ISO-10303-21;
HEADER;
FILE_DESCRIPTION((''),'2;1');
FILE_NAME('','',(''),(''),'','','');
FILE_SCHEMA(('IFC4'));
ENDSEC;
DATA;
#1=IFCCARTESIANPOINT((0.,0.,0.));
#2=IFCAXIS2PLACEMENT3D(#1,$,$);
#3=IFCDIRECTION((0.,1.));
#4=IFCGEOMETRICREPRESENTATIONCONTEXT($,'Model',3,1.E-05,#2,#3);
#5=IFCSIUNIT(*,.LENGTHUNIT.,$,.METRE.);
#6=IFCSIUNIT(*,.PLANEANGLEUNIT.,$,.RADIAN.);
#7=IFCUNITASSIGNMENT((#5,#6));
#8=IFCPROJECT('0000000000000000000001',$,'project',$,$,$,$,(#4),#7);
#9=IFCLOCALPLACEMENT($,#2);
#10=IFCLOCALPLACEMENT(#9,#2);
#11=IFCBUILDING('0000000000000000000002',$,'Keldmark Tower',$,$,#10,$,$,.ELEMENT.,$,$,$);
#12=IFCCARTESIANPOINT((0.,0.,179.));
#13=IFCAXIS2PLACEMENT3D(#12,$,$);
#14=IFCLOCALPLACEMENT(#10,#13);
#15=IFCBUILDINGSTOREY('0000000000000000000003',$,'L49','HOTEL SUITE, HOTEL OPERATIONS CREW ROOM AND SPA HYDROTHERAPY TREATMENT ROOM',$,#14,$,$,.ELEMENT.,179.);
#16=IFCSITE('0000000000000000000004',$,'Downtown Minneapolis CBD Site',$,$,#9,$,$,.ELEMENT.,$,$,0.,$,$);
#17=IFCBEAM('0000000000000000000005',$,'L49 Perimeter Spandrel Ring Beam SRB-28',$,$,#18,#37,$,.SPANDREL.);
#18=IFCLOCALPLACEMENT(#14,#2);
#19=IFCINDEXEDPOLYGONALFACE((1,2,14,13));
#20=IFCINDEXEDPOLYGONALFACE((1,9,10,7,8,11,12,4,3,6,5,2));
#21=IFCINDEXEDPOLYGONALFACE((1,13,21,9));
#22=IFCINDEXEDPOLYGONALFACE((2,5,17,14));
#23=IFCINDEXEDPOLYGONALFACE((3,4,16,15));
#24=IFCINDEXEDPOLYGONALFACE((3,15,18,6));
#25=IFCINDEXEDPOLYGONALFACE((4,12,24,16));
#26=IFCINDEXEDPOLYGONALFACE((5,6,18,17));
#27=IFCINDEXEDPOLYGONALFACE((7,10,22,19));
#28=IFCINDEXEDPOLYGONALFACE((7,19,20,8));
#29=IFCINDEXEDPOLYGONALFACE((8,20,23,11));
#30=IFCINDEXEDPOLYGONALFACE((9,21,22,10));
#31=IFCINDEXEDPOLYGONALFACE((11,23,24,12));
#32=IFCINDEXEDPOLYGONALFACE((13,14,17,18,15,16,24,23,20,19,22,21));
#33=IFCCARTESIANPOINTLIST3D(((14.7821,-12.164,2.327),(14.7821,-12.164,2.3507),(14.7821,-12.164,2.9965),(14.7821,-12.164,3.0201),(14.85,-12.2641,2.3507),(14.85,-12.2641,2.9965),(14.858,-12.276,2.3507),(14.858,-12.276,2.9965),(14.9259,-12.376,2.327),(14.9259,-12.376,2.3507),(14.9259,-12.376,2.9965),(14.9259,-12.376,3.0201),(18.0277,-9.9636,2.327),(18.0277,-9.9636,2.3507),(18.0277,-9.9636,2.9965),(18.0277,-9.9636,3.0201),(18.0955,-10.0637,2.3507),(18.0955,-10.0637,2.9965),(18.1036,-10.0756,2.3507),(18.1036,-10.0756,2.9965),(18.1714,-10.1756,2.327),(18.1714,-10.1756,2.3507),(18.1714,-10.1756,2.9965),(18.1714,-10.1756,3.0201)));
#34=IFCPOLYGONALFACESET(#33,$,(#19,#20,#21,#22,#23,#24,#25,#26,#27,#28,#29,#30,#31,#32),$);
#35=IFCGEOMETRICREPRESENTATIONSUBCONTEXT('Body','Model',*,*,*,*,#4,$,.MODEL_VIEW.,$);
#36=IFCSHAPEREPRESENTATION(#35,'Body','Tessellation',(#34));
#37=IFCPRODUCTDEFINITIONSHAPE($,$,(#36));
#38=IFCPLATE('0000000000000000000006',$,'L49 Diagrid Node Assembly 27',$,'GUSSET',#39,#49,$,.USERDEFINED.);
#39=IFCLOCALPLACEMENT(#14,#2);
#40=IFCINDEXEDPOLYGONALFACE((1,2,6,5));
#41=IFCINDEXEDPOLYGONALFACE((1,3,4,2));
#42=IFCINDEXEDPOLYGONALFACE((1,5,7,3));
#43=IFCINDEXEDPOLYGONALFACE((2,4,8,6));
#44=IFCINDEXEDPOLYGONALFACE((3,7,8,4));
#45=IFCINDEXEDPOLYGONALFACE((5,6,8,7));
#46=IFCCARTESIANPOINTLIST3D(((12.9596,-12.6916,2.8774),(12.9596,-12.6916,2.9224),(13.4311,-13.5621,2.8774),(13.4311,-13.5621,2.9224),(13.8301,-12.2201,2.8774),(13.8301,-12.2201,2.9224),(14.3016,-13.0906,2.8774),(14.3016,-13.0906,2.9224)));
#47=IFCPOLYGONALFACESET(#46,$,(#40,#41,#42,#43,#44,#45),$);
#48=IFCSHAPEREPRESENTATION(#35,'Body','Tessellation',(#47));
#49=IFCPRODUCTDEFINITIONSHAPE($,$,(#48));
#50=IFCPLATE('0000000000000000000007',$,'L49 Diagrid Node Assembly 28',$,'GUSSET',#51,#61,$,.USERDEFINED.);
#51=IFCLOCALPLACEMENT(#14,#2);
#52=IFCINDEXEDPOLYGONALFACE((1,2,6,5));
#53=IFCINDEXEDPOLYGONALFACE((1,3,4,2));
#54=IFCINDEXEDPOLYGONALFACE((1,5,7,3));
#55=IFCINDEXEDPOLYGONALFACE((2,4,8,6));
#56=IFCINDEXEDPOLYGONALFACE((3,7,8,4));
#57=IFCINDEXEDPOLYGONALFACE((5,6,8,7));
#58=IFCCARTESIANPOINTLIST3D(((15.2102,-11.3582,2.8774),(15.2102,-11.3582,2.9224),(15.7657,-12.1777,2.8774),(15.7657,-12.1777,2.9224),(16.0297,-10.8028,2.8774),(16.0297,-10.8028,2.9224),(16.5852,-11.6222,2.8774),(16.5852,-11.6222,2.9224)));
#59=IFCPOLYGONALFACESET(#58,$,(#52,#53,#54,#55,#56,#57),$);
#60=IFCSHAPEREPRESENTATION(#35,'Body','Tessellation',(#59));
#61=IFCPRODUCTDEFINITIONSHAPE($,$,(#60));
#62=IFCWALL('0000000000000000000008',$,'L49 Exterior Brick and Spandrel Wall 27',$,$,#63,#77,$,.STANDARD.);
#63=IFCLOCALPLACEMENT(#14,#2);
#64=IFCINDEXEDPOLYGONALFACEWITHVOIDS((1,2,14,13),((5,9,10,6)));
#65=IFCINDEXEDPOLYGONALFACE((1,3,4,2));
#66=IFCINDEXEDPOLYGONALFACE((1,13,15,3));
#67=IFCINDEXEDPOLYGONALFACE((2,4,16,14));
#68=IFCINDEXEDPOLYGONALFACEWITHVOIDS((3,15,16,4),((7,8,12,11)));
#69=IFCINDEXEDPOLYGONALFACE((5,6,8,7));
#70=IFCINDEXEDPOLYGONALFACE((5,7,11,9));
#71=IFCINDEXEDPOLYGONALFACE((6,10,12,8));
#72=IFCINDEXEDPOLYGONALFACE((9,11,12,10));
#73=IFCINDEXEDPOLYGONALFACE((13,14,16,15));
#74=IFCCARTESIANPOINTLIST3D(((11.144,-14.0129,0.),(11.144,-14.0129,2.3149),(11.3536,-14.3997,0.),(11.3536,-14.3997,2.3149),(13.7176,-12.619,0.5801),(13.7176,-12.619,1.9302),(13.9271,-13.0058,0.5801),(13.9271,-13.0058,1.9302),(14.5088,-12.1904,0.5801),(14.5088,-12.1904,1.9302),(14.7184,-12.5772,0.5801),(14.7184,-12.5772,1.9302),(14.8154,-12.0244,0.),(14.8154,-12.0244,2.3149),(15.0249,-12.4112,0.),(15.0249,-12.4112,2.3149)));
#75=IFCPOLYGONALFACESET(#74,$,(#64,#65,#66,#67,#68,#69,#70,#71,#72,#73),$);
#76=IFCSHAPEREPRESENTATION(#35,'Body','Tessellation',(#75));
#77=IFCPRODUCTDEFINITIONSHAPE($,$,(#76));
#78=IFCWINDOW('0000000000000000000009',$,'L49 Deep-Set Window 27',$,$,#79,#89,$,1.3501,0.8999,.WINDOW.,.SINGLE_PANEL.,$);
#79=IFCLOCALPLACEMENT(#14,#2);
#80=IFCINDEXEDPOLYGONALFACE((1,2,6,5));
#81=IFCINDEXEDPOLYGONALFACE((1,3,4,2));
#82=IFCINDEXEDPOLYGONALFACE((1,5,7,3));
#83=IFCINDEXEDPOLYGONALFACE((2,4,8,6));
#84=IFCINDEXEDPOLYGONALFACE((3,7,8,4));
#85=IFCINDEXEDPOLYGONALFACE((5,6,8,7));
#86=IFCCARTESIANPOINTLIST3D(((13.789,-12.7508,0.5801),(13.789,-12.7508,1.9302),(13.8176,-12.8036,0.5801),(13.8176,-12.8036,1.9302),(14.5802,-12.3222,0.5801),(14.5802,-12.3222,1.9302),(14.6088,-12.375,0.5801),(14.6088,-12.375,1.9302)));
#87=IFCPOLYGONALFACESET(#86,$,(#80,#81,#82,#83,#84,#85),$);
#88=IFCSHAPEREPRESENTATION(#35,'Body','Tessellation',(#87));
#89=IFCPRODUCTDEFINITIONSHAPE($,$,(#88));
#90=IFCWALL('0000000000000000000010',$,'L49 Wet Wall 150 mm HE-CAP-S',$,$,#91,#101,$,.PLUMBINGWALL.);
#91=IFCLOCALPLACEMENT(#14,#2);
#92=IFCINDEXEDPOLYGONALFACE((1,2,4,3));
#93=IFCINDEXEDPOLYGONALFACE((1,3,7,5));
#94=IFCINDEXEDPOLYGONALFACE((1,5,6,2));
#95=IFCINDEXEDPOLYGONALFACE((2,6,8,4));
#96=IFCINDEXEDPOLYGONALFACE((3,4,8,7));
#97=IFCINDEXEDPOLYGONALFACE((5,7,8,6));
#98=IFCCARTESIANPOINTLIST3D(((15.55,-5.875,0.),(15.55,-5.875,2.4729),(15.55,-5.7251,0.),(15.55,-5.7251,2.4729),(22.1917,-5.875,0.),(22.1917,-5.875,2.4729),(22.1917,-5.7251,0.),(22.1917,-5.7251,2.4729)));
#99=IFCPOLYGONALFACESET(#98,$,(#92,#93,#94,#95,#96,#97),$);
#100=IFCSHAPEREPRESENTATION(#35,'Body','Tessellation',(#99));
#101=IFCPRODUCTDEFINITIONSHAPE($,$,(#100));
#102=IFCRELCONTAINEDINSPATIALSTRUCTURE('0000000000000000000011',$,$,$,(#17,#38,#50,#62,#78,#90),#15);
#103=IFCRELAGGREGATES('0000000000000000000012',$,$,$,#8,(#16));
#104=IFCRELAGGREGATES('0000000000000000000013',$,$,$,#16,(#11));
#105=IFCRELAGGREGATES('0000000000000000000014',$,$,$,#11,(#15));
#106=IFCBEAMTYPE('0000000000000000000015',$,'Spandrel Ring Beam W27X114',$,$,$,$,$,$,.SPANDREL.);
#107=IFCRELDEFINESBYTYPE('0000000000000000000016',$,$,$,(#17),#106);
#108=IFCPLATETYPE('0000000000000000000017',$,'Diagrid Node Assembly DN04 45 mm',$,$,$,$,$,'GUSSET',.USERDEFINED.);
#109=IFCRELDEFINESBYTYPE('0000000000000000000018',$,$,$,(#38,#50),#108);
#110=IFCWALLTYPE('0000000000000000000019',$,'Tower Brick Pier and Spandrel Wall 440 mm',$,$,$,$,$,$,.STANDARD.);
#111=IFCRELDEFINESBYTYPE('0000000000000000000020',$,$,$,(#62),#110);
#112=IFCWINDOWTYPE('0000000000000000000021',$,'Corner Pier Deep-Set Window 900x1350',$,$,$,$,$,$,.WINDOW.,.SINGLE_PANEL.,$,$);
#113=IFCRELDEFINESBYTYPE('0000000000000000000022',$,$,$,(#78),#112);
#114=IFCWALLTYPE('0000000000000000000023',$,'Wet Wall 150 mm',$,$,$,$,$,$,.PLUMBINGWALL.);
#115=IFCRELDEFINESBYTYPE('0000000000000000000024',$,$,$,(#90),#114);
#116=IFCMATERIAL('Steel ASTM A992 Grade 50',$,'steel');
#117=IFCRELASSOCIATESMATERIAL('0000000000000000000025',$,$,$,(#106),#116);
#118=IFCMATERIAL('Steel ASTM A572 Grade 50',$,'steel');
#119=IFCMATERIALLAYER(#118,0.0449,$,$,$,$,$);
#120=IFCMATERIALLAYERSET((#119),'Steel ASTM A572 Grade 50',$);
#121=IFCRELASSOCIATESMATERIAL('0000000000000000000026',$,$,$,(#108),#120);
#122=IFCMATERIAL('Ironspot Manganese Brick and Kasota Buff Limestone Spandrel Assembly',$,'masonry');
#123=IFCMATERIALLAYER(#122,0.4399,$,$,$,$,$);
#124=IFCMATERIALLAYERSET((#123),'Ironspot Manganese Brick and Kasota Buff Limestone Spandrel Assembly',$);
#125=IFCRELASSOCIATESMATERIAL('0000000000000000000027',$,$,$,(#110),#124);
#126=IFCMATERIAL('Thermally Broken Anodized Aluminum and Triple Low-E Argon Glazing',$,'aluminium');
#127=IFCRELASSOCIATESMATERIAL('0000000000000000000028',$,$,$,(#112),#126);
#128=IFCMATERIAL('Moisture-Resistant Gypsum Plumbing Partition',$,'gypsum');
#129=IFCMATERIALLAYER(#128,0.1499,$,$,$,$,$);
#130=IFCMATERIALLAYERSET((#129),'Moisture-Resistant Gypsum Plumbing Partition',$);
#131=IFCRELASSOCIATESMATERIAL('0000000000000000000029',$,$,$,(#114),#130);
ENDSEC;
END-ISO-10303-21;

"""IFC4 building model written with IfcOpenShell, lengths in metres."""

from ifc_helpers import new_model, si_unit, direction, frame, frame_2d, origin, origin_2d, place, context, subcontext, project, spatial, rectangle, i_section, extrude, material, layer, layer_set, material_profile, profile_set, type_object, element, fill, save


model = new_model("IFC4")

# Units and contexts
model_context = context("Model", 3, precision=1e-05, world=origin(), true_north=direction((0.0, 1.0)))
body_context = subcontext(model_context, "Body", "Model", "MODEL_VIEW")
ifc_project = project(units=[si_unit("LENGTHUNIT", "METRE"), si_unit("PLANEANGLEUNIT", "RADIAN")], contexts=[model_context])

# Site, building, storey
site_placement = place(None, origin())
site = spatial("IfcSite", under=ifc_project, at=site_placement, Name="Downtown Minneapolis CBD Site", CompositionType="ELEMENT", RefElevation=0.0)
building_placement = place(site_placement, origin())
building = spatial("IfcBuilding", under=site, at=building_placement, Name="Keldmark Tower", CompositionType="ELEMENT")
storey_placement = place(building_placement, frame((0.0, 0.0, 179.0)))
storey = spatial("IfcBuildingStorey", under=building, at=storey_placement, Name="L49", Description="HOTEL SUITE, HOTEL OPERATIONS CREW ROOM AND SPA HYDROTHERAPY TREATMENT ROOM", CompositionType="ELEMENT", Elevation=179.0)

# Beam
ifc_material_1 = material(Name="Steel ASTM A992 Grade 50", Category="steel")
ifc_material_profile_1 = material_profile(ifc_material_1, i_section(OverallWidth=0.2561, OverallDepth=0.6931, WebThickness=0.0144, FlangeThickness=0.0237, at=origin_2d()), Name="W27X114")
ifc_profile_set_1 = profile_set([ifc_material_profile_1], Name="Steel ASTM A992 Grade 50")
beam_type_1 = type_object("IfcBeamType", Name="Spandrel Ring Beam W27X114", PredefinedType="SPANDREL", material=ifc_profile_set_1)
beam_1_placement = place(storey_placement, frame((14.854, -12.27, 2.6736), z_axis=(0.827705, 0.561163, 0.0), x_axis=(-0.561163, 0.827705, 0.0)))
element("IfcBeam", 1, at=beam_1_placement, inside=storey, type_object=beam_type_1, Name="L49 Perimeter Spandrel Ring Beam SRB-28", PredefinedType="SPANDREL", context=body_context, shape_type="SweptSolid", body=[
    extrude(i_section(OverallWidth=0.2561, OverallDepth=0.6931, WebThickness=0.0144, FlangeThickness=0.0237, at=origin_2d()), origin(), (0.0, 0.0, 1.0), 3.9211),
])

# Plates
ifc_material_2 = material(Name="Steel ASTM A572 Grade 50", Category="steel")
ifc_layer_1 = layer(ifc_material_2, 0.0449)
ifc_layer_set_1 = layer_set([ifc_layer_1], Name="Steel ASTM A572 Grade 50")
plate_type = type_object("IfcPlateType", Name="Diagrid Node Assembly DN04 45 mm", ElementType="GUSSET", PredefinedType="USERDEFINED", material=ifc_layer_set_1)
for number, where, z_axis, x_axis, name in (
    (2, (13.6306, -12.8911, 2.8774), (0.0, 0.0, 1.0), (0.879316, 0.476238, 0.0), "L49 Diagrid Node Assembly 27"),
    (3, (15.8977, -11.4902, 2.8774), (0.0, 0.0, 1.0), (0.827767, 0.561072, 0.0), "L49 Diagrid Node Assembly 28"),
):
    element("IfcPlate", number, at=place(storey_placement, frame(where, z_axis=z_axis, x_axis=x_axis)), inside=storey, type_object=plate_type, Name=name, ObjectType="GUSSET", PredefinedType="USERDEFINED", context=body_context, shape_type="SweptSolid", body=[
        extrude(rectangle(XDim=0.99, YDim=0.99, at=origin_2d()), origin(), (0.0, 0.0, 1.0), 0.0449),
    ])

# Wall, opening, window
ifc_material_3 = material(Name="Ironspot Manganese Brick and Kasota Buff Limestone Spandrel Assembly", Category="masonry")
ifc_layer_2 = layer(ifc_material_3, 0.4399)
ifc_layer_set_2 = layer_set([ifc_layer_2], Name="Ironspot Manganese Brick and Kasota Buff Limestone Spandrel Assembly")
wall_type_1 = type_object("IfcWallType", Name="Tower Brick Pier and Spandrel Wall 440 mm", PredefinedType="STANDARD", material=ifc_layer_set_2)
wall_1_placement = place(storey_placement, frame((14.9202, -12.2178, 0.0), z_axis=(0.0, 0.0, 1.0), x_axis=(-0.879306, -0.476257, 0.0)))
wall_1 = element("IfcWall", 4, at=wall_1_placement, inside=storey, type_object=wall_type_1, Name="L49 Exterior Brick and Spandrel Wall 27", PredefinedType="STANDARD", context=body_context, shape_type="SweptSolid", body=[
    extrude(rectangle(XDim=4.1753, YDim=0.4399, at=frame_2d((2.0876, 0.0))), origin(), (0.0, 0.0, 1.0), 2.3149),
])
opening_1_placement = place(wall_1_placement, frame((0.3486, 0.0, 0.5801)))
opening_1 = element("IfcOpeningElement", 5, at=opening_1_placement, cuts=wall_1, PredefinedType="OPENING", context=body_context, shape_type="SweptSolid", body=[
    extrude(rectangle(XDim=0.8999, YDim=1.3501, at=frame_2d((0.45, 0.675))), frame((0.0, 0.23, 0.0), z_axis=(0.0, -1.0, 0.0), x_axis=(1.0, 0.0, 0.0)), (0.0, 0.0, 1.0), 0.46),
])
ifc_material_4 = material(Name="Thermally Broken Anodized Aluminum and Triple Low-E Argon Glazing", Category="aluminium")
window_type = type_object("IfcWindowType", Name="Corner Pier Deep-Set Window 900x1350", PartitioningType="SINGLE_PANEL", PredefinedType="WINDOW", material=ifc_material_4)
window_placement = place(opening_1_placement, origin())
window = element("IfcWindow", 6, at=window_placement, inside=storey, type_object=window_type, Name="L49 Deep-Set Window 27", OverallHeight=1.3501, OverallWidth=0.8999, PartitioningType="SINGLE_PANEL", PredefinedType="WINDOW", context=body_context, shape_type="SweptSolid", body=[
    extrude(rectangle(XDim=0.8999, YDim=1.3501, at=frame_2d((0.45, 0.675))), frame((0.0, -0.01, 0.0), z_axis=(0.0, -1.0, 0.0), x_axis=(1.0, 0.0, 0.0)), (0.0, 0.0, 1.0), 0.0601),
])
fill(opening_1, window)

# Wall
ifc_material_5 = material(Name="Moisture-Resistant Gypsum Plumbing Partition", Category="gypsum")
ifc_layer_3 = layer(ifc_material_5, 0.1499)
ifc_layer_set_3 = layer_set([ifc_layer_3], Name="Moisture-Resistant Gypsum Plumbing Partition")
wall_type_2 = type_object("IfcWallType", Name="Wet Wall 150 mm", PredefinedType="PLUMBINGWALL", material=ifc_layer_set_3)
wall_2_placement = place(storey_placement, frame((15.55, -5.8, 0.0), z_axis=(0.0, 0.0, 1.0), x_axis=(1.0, 0.0, 0.0)))
element("IfcWall", 7, at=wall_2_placement, inside=storey, type_object=wall_type_2, Name="L49 Wet Wall 150 mm HE-CAP-S", PredefinedType="PLUMBINGWALL", context=body_context, shape_type="SweptSolid", body=[
    extrude(rectangle(XDim=6.6416, YDim=0.1499, at=frame_2d((3.3208, 0.0))), origin(), (0.0, 0.0, 1.0), 2.4729),
])

save(model, "model.ifc")
